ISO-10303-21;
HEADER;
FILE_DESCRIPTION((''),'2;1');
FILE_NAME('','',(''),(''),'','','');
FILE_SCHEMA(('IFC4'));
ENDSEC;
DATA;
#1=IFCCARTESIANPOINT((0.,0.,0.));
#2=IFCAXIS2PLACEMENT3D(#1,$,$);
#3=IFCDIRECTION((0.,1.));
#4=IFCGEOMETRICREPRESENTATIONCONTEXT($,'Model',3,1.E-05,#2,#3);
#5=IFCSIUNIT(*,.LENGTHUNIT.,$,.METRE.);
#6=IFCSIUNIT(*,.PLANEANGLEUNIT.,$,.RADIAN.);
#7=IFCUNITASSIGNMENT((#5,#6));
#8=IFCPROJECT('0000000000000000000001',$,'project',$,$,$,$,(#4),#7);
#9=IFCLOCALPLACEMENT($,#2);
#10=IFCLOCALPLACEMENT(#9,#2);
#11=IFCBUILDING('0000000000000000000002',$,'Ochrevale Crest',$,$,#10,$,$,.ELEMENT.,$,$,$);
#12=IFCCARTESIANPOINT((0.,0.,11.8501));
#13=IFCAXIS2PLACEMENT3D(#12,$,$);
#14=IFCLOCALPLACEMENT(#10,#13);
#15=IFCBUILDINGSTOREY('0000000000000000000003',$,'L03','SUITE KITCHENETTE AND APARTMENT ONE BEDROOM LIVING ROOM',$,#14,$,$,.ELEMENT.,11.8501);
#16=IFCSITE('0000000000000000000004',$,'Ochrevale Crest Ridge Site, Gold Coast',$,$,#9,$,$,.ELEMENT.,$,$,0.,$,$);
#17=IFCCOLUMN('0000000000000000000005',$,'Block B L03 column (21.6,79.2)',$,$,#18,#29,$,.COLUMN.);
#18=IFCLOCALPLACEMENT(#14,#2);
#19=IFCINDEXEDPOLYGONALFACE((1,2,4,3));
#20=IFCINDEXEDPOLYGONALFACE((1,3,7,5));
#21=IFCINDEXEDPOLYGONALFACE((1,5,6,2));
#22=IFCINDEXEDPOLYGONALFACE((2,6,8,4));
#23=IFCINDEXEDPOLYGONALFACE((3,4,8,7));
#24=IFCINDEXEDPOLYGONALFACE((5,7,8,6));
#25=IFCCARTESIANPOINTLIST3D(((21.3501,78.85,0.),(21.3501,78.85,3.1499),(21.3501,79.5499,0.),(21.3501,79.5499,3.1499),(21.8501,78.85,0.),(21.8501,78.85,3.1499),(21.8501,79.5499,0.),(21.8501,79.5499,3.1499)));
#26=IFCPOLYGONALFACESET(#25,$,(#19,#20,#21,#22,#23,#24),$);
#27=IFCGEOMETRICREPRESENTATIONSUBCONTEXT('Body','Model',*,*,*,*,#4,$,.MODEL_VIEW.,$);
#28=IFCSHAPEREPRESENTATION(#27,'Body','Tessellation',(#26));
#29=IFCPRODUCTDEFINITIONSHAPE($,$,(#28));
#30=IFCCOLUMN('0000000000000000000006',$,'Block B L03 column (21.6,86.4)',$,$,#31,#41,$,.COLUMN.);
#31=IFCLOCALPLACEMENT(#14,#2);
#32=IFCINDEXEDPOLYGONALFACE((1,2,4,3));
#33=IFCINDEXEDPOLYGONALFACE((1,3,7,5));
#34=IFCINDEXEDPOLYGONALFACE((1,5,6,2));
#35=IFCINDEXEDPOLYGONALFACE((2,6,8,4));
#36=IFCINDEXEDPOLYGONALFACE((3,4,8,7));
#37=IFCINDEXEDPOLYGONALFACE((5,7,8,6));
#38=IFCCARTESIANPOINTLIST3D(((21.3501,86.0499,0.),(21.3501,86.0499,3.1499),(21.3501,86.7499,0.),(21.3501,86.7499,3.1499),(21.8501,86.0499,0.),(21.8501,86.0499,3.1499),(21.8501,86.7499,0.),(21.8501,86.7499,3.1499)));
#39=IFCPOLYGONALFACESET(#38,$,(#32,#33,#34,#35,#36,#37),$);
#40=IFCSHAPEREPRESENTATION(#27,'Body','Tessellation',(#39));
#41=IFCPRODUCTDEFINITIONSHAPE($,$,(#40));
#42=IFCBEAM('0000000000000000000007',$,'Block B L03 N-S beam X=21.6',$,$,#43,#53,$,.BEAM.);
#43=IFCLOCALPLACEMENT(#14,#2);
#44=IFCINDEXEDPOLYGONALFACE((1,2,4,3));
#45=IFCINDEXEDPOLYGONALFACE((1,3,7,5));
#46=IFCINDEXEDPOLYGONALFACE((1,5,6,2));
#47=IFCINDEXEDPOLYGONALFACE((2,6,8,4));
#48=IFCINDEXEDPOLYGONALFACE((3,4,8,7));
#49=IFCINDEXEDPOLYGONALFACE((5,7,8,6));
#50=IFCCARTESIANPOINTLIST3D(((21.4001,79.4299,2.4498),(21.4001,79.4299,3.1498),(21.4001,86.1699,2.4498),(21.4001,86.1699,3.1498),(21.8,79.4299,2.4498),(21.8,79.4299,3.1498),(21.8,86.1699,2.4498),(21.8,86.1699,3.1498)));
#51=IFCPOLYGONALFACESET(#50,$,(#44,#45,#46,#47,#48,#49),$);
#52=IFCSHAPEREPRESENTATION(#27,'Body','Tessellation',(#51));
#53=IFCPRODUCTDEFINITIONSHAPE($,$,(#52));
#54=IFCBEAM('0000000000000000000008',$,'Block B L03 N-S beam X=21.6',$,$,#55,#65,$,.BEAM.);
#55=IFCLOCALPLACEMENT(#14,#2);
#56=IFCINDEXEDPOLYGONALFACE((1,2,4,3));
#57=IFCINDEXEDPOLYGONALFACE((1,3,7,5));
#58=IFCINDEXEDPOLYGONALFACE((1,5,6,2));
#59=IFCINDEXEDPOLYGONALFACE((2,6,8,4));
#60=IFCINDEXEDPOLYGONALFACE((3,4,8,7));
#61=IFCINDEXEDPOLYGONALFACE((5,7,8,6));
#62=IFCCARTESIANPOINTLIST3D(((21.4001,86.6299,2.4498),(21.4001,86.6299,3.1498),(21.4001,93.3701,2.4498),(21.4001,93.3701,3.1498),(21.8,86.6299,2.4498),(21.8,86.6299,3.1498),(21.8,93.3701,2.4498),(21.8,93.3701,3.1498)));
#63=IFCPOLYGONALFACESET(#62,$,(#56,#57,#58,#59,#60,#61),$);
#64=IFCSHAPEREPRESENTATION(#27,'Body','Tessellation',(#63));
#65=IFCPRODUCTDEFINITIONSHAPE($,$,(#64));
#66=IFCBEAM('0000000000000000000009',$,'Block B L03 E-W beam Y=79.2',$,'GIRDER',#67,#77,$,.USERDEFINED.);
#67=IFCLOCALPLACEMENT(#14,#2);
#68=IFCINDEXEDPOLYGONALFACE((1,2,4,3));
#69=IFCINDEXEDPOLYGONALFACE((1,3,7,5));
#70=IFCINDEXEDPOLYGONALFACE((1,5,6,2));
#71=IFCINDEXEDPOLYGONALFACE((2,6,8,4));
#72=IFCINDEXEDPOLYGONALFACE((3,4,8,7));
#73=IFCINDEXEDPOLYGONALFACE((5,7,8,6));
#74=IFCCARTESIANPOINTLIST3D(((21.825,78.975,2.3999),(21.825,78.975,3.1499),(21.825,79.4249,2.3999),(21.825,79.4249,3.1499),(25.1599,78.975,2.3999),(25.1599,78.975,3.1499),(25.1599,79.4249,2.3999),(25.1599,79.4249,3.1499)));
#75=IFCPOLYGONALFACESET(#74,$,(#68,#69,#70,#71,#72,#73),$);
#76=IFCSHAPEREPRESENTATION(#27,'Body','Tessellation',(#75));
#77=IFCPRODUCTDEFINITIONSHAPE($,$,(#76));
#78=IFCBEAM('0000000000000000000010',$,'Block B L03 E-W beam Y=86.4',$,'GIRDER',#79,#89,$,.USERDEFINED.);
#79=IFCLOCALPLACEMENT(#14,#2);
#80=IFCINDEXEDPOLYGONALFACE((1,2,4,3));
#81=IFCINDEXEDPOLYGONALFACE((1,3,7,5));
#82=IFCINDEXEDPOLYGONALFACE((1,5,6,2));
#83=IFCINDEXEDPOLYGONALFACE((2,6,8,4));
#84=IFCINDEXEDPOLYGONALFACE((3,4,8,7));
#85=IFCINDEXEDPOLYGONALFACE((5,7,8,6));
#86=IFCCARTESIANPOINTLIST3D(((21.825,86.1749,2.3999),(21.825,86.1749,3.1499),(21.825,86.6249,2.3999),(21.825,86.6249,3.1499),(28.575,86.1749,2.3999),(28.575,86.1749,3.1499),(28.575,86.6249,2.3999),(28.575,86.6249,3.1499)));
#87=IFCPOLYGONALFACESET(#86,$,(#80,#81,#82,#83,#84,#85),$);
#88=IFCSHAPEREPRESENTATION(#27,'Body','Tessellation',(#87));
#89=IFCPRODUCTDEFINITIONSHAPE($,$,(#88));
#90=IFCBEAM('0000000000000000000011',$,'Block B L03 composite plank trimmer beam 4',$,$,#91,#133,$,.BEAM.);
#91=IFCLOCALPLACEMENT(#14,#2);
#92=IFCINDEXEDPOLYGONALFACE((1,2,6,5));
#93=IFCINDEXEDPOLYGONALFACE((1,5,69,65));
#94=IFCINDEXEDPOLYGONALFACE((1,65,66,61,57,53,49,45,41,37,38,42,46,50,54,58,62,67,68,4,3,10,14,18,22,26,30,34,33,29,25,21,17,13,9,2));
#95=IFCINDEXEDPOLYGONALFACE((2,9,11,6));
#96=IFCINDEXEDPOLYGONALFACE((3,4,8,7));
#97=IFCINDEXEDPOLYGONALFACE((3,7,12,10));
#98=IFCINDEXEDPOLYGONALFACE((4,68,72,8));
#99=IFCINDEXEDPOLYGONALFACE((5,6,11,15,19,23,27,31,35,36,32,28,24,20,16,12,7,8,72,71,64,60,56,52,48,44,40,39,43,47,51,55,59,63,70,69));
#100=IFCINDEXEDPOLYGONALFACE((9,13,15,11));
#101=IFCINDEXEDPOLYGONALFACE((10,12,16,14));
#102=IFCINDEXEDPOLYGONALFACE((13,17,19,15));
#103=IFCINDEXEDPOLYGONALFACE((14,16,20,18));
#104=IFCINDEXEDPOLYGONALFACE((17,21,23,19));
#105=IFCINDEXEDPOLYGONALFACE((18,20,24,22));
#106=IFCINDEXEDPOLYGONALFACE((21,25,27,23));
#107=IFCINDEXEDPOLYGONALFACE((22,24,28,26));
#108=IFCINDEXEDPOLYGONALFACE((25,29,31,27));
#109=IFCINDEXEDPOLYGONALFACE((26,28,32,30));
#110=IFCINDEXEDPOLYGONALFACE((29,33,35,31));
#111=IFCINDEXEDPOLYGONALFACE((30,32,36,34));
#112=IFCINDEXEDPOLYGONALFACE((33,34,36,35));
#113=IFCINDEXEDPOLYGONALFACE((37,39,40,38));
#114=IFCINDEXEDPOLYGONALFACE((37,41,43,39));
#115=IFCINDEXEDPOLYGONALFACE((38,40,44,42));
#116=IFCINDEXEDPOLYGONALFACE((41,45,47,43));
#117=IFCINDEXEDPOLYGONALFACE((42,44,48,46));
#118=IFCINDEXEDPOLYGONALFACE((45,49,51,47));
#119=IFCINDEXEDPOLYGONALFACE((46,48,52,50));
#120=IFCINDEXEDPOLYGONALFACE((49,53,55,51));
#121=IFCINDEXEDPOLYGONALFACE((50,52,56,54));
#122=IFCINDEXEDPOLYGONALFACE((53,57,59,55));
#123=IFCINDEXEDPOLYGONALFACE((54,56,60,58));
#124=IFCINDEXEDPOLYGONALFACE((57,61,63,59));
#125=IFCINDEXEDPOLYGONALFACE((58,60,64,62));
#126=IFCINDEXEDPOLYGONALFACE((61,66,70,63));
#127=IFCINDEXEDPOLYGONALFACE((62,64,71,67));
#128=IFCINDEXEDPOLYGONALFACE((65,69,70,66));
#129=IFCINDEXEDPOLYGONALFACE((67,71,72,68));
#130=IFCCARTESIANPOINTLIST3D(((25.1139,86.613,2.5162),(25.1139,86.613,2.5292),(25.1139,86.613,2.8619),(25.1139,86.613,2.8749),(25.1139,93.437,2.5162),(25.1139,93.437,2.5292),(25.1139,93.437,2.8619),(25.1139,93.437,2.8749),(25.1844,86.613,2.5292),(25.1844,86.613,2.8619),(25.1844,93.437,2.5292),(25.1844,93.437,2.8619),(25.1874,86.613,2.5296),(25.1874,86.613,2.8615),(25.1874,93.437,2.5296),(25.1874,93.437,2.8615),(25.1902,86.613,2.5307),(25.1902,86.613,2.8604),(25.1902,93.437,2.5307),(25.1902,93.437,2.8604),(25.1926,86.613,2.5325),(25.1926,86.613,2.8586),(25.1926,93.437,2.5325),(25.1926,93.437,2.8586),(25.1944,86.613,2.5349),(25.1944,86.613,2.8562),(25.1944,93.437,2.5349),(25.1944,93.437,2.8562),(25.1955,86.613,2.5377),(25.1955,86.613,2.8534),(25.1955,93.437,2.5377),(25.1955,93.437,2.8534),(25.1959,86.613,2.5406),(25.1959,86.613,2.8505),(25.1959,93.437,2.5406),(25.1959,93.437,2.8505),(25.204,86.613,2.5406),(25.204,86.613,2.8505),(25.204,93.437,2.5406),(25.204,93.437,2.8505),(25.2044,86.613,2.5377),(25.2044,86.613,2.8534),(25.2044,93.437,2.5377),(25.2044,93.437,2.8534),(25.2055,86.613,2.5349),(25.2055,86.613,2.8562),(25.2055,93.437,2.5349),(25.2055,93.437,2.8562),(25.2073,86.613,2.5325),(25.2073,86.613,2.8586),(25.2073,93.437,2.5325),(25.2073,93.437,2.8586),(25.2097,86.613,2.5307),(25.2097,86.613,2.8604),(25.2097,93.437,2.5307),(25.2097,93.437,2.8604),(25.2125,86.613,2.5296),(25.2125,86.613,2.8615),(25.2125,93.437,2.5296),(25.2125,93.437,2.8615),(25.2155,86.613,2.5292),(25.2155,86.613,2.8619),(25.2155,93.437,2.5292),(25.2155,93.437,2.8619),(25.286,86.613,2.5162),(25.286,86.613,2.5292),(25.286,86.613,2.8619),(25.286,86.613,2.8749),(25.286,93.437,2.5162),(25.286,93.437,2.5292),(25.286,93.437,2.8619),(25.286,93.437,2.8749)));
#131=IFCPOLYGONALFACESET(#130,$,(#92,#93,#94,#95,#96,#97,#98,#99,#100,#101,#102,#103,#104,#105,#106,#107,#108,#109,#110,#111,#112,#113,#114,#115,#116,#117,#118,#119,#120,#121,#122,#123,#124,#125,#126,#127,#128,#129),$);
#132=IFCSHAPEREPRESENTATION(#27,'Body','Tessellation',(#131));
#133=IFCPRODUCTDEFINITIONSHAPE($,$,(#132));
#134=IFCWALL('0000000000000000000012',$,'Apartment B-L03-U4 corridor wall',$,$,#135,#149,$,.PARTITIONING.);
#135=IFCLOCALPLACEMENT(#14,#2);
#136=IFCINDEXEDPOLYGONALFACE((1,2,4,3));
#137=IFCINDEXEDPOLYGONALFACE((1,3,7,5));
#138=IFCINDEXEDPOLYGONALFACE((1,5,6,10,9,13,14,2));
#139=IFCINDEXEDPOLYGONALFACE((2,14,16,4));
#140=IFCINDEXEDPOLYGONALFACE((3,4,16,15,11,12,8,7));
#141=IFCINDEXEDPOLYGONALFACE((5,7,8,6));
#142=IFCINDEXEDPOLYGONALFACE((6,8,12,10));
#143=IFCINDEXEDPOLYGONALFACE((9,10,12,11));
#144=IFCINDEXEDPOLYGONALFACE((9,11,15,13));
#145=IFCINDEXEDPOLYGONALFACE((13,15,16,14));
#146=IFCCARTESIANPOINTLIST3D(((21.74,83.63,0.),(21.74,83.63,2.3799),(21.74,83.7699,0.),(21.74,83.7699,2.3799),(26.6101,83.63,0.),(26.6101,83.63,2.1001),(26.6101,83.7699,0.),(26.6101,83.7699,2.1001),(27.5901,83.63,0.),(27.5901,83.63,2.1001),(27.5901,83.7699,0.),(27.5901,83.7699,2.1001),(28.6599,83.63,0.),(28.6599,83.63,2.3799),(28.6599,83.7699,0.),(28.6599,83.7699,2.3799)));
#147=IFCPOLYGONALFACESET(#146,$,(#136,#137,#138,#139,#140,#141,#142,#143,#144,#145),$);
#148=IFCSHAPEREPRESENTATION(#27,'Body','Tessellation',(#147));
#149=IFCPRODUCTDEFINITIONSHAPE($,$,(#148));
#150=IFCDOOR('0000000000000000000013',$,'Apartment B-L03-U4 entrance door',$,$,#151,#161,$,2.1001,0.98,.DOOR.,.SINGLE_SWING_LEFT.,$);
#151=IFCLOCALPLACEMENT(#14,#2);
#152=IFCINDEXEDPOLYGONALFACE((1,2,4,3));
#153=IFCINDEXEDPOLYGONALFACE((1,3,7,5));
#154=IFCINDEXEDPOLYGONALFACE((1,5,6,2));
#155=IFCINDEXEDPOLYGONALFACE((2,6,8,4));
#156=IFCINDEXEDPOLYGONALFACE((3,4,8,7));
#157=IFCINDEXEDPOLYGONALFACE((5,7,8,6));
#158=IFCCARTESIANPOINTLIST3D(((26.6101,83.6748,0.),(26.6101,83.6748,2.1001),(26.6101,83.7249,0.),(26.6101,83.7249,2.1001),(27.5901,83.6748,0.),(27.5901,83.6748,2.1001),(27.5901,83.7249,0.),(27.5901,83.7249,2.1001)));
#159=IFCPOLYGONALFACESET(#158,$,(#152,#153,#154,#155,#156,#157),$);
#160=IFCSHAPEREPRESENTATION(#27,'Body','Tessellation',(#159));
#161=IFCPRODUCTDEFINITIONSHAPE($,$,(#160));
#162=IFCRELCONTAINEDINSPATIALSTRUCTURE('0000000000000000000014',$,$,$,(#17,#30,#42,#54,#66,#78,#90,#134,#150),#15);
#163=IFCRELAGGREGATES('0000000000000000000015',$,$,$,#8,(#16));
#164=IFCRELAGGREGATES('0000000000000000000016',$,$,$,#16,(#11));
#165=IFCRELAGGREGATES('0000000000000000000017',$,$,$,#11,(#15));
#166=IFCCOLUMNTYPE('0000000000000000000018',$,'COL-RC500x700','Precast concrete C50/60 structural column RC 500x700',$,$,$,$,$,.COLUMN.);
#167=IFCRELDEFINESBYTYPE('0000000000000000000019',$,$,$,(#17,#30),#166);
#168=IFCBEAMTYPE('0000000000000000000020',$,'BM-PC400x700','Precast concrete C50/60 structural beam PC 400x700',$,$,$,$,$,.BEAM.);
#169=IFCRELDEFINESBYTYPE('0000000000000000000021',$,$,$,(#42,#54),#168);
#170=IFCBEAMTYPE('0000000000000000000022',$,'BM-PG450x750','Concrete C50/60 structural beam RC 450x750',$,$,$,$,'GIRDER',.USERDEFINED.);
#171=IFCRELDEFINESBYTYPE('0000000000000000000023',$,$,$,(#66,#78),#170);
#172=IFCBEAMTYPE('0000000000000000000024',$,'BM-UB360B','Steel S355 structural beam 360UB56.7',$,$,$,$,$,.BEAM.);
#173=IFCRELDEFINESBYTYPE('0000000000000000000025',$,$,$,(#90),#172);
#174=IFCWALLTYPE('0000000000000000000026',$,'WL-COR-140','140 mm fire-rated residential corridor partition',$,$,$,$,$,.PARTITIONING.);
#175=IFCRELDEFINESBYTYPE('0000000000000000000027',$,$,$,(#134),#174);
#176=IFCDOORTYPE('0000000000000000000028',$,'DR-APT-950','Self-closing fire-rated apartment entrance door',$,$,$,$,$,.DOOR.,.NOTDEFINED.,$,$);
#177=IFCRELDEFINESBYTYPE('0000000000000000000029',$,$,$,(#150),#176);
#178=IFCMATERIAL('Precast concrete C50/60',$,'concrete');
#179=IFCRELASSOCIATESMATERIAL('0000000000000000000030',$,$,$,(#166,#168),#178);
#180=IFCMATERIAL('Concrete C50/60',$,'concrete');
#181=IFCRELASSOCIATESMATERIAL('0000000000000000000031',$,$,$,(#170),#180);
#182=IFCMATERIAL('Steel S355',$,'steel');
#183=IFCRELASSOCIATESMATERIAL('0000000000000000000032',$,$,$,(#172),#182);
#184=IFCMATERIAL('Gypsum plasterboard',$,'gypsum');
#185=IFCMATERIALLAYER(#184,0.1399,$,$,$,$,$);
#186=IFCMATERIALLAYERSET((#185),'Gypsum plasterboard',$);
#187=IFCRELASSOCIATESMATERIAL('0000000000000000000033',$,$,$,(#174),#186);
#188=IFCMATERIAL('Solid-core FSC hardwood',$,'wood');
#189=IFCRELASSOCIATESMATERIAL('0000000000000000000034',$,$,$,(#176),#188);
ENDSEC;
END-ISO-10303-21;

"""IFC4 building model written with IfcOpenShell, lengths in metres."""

from ifc_helpers import new_model, si_unit, direction, frame, frame_2d, origin, origin_2d, place, context, subcontext, project, spatial, rectangle, i_section, extrude, material, layer, layer_set, material_profile, profile_set, type_object, element, fill, save


model = new_model("IFC4")

# Units and contexts
model_context = context("Model", 3, precision=1e-05, world=origin(), true_north=direction((0.0, 1.0)))
body_context = subcontext(model_context, "Body", "Model", "MODEL_VIEW")
ifc_project = project(units=[si_unit("LENGTHUNIT", "METRE"), si_unit("PLANEANGLEUNIT", "RADIAN")], contexts=[model_context])

# Site, building, storey
site_placement = place(None, origin())
site = spatial("IfcSite", under=ifc_project, at=site_placement, Name="Ochrevale Crest Ridge Site, Gold Coast", CompositionType="ELEMENT", RefElevation=0.0)
building_placement = place(site_placement, origin())
building = spatial("IfcBuilding", under=site, at=building_placement, Name="Ochrevale Crest", CompositionType="ELEMENT")
storey_placement = place(building_placement, frame((0.0, 0.0, 11.8501)))
storey = spatial("IfcBuildingStorey", under=building, at=storey_placement, Name="L03", Description="SUITE KITCHENETTE AND APARTMENT ONE BEDROOM LIVING ROOM", CompositionType="ELEMENT", Elevation=11.8501)

# Columns
ifc_material_1 = material(Name="Precast concrete C50/60", Category="concrete")
ifc_material_profile_1 = material_profile(ifc_material_1, rectangle(XDim=0.5, YDim=0.7, at=origin_2d()), Name="RC 500x700")
ifc_profile_set_1 = profile_set([ifc_material_profile_1], Name="Precast concrete C50/60")
column_type = type_object("IfcColumnType", Name="COL-RC500x700", Description="Precast concrete C50/60 structural column RC 500x700", PredefinedType="COLUMN", material=ifc_profile_set_1)
for number, where, z_axis, x_axis, name in (
    (1, (21.6001, 79.2, 0.0), (0.0, 0.0, 1.0), (1.0, 0.0, 0.0), "Block B L03 column (21.6,79.2)"),
    (2, (21.6001, 86.3999, 0.0), (0.0, 0.0, 1.0), (1.0, 0.0, 0.0), "Block B L03 column (21.6,86.4)"),
):
    element("IfcColumn", number, at=place(storey_placement, frame(where, z_axis=z_axis, x_axis=x_axis)), inside=storey, type_object=column_type, Name=name, PredefinedType="COLUMN", context=body_context, shape_type="SweptSolid", body=[
        extrude(rectangle(XDim=0.5, YDim=0.7, at=origin_2d()), origin(), (0.0, 0.0, 1.0), 3.1499),
    ])

# Beams
ifc_material_profile_2 = material_profile(ifc_material_1, rectangle(XDim=0.3999, YDim=0.7, at=origin_2d()), Name="PC 400x700")
ifc_profile_set_2 = profile_set([ifc_material_profile_2], Name="Precast concrete C50/60")
beam_type_1 = type_object("IfcBeamType", Name="BM-PC400x700", Description="Precast concrete C50/60 structural beam PC 400x700", PredefinedType="BEAM", material=ifc_profile_set_2)
beam_1_placement = place(storey_placement, frame((21.6001, 79.4299, 2.7998), z_axis=(0.0, 1.0, 0.0), x_axis=(-1.0, 0.0, 0.0)))
element("IfcBeam", 3, at=beam_1_placement, inside=storey, type_object=beam_type_1, Name="Block B L03 N-S beam X=21.6", PredefinedType="BEAM", context=body_context, shape_type="SweptSolid", body=[
    extrude(rectangle(XDim=0.3999, YDim=0.7, at=origin_2d()), origin(), (0.0, 0.0, 1.0), 6.74),
])
beam_2_placement = place(storey_placement, frame((21.6001, 86.6299, 2.7998), z_axis=(0.0, 1.0, 0.0), x_axis=(-1.0, 0.0, 0.0)))
element("IfcBeam", 4, at=beam_2_placement, inside=storey, type_object=beam_type_1, Name="Block B L03 N-S beam X=21.6", PredefinedType="BEAM", context=body_context, shape_type="SweptSolid", body=[
    extrude(rectangle(XDim=0.3999, YDim=0.7, at=origin_2d()), origin(), (0.0, 0.0, 1.0), 6.7402),
])
ifc_material_2 = material(Name="Concrete C50/60", Category="concrete")
ifc_material_profile_3 = material_profile(ifc_material_2, rectangle(XDim=0.45, YDim=0.75, at=origin_2d()), Name="RC 450x750")
ifc_profile_set_3 = profile_set([ifc_material_profile_3], Name="Concrete C50/60")
beam_type_2 = type_object("IfcBeamType", Name="BM-PG450x750", Description="Concrete C50/60 structural beam RC 450x750", ElementType="GIRDER", PredefinedType="USERDEFINED", material=ifc_profile_set_3)
beam_3_placement = place(storey_placement, frame((21.825, 79.2, 2.7749), z_axis=(1.0, 0.0, 0.0), x_axis=(0.0, 1.0, 0.0)))
element("IfcBeam", 5, at=beam_3_placement, inside=storey, type_object=beam_type_2, Name="Block B L03 E-W beam Y=79.2", ObjectType="GIRDER", PredefinedType="USERDEFINED", context=body_context, shape_type="SweptSolid", body=[
    extrude(rectangle(XDim=0.45, YDim=0.75, at=origin_2d()), origin(), (0.0, 0.0, 1.0), 3.335),
])
beam_4_placement = place(storey_placement, frame((21.825, 86.3999, 2.7749), z_axis=(1.0, 0.0, 0.0), x_axis=(0.0, 1.0, 0.0)))
element("IfcBeam", 6, at=beam_4_placement, inside=storey, type_object=beam_type_2, Name="Block B L03 E-W beam Y=86.4", ObjectType="GIRDER", PredefinedType="USERDEFINED", context=body_context, shape_type="SweptSolid", body=[
    extrude(rectangle(XDim=0.45, YDim=0.75, at=origin_2d()), origin(), (0.0, 0.0, 1.0), 6.75),
])
ifc_material_3 = material(Name="Steel S355", Category="steel")
ifc_material_profile_4 = material_profile(ifc_material_3, i_section(OverallWidth=0.1721, OverallDepth=0.3586, WebThickness=0.0081, FlangeThickness=0.0129, FilletRadius=0.0115, at=origin_2d()), Name="360UB56.7")
ifc_profile_set_4 = profile_set([ifc_material_profile_4], Name="Steel S355")
beam_type_3 = type_object("IfcBeamType", Name="BM-UB360B", Description="Steel S355 structural beam 360UB56.7", PredefinedType="BEAM", material=ifc_profile_set_4)
beam_5_placement = place(storey_placement, frame((25.2, 86.613, 2.6956), z_axis=(0.0, 1.0, 0.0), x_axis=(-1.0, 0.0, 0.0)))
element("IfcBeam", 7, at=beam_5_placement, inside=storey, type_object=beam_type_3, Name="Block B L03 composite plank trimmer beam 4", PredefinedType="BEAM", context=body_context, shape_type="SweptSolid", body=[
    extrude(i_section(OverallWidth=0.1721, OverallDepth=0.3586, WebThickness=0.0081, FlangeThickness=0.0129, FilletRadius=0.0115, at=origin_2d()), origin(), (0.0, 0.0, 1.0), 6.824),
])

# Wall, opening, door
ifc_material_4 = material(Name="Gypsum plasterboard", Category="gypsum")
ifc_layer_1 = layer(ifc_material_4, 0.1399)
ifc_layer_set_1 = layer_set([ifc_layer_1], Name="Gypsum plasterboard")
wall_type_1 = type_object("IfcWallType", Name="WL-COR-140", Description="140 mm fire-rated residential corridor partition", PredefinedType="PARTITIONING", material=ifc_layer_set_1)
wall_1_placement = place(storey_placement, frame((21.74, 83.7, 0.0), z_axis=(0.0, 0.0, 1.0), x_axis=(1.0, 0.0, 0.0)))
wall_1 = element("IfcWall", 8, at=wall_1_placement, inside=storey, type_object=wall_type_1, Name="Apartment B-L03-U4 corridor wall", PredefinedType="PARTITIONING", context=body_context, shape_type="SweptSolid", body=[
    extrude(rectangle(XDim=6.9199, YDim=0.1399, at=frame_2d((3.46, 0.0))), origin(), (0.0, 0.0, 1.0), 2.3799),
])
opening_1_placement = place(wall_1_placement, frame((4.8701, 0.0, 0.0)))
opening_1 = element("IfcOpeningElement", 9, at=opening_1_placement, cuts=wall_1, PredefinedType="OPENING", context=body_context, shape_type="SweptSolid", body=[
    extrude(rectangle(XDim=0.98, YDim=2.1001, at=frame_2d((0.49, 1.05))), frame((0.0, 0.0801, 0.0), z_axis=(0.0, -1.0, 0.0), x_axis=(1.0, 0.0, 0.0)), (0.0, 0.0, 1.0), 0.1599),
])
ifc_material_5 = material(Name="Solid-core FSC hardwood", Category="wood")
door_type_1 = type_object("IfcDoorType", Name="DR-APT-950", Description="Self-closing fire-rated apartment entrance door", OperationType="NOTDEFINED", PredefinedType="DOOR", material=ifc_material_5)
door_1_placement = place(opening_1_placement, origin())
door_1 = element("IfcDoor", 10, at=door_1_placement, inside=storey, type_object=door_type_1, Name="Apartment B-L03-U4 entrance door", OperationType="SINGLE_SWING_LEFT", OverallHeight=2.1001, OverallWidth=0.98, PredefinedType="DOOR", context=body_context, shape_type="SweptSolid", body=[
    extrude(rectangle(XDim=0.98, YDim=2.1001, at=frame_2d((0.49, 1.05))), frame((0.0, 0.0249, 0.0), z_axis=(0.0, -1.0, 0.0), x_axis=(1.0, 0.0, 0.0)), (0.0, 0.0, 1.0), 0.05),
])
fill(opening_1, door_1)

save(model, "model.ifc")
